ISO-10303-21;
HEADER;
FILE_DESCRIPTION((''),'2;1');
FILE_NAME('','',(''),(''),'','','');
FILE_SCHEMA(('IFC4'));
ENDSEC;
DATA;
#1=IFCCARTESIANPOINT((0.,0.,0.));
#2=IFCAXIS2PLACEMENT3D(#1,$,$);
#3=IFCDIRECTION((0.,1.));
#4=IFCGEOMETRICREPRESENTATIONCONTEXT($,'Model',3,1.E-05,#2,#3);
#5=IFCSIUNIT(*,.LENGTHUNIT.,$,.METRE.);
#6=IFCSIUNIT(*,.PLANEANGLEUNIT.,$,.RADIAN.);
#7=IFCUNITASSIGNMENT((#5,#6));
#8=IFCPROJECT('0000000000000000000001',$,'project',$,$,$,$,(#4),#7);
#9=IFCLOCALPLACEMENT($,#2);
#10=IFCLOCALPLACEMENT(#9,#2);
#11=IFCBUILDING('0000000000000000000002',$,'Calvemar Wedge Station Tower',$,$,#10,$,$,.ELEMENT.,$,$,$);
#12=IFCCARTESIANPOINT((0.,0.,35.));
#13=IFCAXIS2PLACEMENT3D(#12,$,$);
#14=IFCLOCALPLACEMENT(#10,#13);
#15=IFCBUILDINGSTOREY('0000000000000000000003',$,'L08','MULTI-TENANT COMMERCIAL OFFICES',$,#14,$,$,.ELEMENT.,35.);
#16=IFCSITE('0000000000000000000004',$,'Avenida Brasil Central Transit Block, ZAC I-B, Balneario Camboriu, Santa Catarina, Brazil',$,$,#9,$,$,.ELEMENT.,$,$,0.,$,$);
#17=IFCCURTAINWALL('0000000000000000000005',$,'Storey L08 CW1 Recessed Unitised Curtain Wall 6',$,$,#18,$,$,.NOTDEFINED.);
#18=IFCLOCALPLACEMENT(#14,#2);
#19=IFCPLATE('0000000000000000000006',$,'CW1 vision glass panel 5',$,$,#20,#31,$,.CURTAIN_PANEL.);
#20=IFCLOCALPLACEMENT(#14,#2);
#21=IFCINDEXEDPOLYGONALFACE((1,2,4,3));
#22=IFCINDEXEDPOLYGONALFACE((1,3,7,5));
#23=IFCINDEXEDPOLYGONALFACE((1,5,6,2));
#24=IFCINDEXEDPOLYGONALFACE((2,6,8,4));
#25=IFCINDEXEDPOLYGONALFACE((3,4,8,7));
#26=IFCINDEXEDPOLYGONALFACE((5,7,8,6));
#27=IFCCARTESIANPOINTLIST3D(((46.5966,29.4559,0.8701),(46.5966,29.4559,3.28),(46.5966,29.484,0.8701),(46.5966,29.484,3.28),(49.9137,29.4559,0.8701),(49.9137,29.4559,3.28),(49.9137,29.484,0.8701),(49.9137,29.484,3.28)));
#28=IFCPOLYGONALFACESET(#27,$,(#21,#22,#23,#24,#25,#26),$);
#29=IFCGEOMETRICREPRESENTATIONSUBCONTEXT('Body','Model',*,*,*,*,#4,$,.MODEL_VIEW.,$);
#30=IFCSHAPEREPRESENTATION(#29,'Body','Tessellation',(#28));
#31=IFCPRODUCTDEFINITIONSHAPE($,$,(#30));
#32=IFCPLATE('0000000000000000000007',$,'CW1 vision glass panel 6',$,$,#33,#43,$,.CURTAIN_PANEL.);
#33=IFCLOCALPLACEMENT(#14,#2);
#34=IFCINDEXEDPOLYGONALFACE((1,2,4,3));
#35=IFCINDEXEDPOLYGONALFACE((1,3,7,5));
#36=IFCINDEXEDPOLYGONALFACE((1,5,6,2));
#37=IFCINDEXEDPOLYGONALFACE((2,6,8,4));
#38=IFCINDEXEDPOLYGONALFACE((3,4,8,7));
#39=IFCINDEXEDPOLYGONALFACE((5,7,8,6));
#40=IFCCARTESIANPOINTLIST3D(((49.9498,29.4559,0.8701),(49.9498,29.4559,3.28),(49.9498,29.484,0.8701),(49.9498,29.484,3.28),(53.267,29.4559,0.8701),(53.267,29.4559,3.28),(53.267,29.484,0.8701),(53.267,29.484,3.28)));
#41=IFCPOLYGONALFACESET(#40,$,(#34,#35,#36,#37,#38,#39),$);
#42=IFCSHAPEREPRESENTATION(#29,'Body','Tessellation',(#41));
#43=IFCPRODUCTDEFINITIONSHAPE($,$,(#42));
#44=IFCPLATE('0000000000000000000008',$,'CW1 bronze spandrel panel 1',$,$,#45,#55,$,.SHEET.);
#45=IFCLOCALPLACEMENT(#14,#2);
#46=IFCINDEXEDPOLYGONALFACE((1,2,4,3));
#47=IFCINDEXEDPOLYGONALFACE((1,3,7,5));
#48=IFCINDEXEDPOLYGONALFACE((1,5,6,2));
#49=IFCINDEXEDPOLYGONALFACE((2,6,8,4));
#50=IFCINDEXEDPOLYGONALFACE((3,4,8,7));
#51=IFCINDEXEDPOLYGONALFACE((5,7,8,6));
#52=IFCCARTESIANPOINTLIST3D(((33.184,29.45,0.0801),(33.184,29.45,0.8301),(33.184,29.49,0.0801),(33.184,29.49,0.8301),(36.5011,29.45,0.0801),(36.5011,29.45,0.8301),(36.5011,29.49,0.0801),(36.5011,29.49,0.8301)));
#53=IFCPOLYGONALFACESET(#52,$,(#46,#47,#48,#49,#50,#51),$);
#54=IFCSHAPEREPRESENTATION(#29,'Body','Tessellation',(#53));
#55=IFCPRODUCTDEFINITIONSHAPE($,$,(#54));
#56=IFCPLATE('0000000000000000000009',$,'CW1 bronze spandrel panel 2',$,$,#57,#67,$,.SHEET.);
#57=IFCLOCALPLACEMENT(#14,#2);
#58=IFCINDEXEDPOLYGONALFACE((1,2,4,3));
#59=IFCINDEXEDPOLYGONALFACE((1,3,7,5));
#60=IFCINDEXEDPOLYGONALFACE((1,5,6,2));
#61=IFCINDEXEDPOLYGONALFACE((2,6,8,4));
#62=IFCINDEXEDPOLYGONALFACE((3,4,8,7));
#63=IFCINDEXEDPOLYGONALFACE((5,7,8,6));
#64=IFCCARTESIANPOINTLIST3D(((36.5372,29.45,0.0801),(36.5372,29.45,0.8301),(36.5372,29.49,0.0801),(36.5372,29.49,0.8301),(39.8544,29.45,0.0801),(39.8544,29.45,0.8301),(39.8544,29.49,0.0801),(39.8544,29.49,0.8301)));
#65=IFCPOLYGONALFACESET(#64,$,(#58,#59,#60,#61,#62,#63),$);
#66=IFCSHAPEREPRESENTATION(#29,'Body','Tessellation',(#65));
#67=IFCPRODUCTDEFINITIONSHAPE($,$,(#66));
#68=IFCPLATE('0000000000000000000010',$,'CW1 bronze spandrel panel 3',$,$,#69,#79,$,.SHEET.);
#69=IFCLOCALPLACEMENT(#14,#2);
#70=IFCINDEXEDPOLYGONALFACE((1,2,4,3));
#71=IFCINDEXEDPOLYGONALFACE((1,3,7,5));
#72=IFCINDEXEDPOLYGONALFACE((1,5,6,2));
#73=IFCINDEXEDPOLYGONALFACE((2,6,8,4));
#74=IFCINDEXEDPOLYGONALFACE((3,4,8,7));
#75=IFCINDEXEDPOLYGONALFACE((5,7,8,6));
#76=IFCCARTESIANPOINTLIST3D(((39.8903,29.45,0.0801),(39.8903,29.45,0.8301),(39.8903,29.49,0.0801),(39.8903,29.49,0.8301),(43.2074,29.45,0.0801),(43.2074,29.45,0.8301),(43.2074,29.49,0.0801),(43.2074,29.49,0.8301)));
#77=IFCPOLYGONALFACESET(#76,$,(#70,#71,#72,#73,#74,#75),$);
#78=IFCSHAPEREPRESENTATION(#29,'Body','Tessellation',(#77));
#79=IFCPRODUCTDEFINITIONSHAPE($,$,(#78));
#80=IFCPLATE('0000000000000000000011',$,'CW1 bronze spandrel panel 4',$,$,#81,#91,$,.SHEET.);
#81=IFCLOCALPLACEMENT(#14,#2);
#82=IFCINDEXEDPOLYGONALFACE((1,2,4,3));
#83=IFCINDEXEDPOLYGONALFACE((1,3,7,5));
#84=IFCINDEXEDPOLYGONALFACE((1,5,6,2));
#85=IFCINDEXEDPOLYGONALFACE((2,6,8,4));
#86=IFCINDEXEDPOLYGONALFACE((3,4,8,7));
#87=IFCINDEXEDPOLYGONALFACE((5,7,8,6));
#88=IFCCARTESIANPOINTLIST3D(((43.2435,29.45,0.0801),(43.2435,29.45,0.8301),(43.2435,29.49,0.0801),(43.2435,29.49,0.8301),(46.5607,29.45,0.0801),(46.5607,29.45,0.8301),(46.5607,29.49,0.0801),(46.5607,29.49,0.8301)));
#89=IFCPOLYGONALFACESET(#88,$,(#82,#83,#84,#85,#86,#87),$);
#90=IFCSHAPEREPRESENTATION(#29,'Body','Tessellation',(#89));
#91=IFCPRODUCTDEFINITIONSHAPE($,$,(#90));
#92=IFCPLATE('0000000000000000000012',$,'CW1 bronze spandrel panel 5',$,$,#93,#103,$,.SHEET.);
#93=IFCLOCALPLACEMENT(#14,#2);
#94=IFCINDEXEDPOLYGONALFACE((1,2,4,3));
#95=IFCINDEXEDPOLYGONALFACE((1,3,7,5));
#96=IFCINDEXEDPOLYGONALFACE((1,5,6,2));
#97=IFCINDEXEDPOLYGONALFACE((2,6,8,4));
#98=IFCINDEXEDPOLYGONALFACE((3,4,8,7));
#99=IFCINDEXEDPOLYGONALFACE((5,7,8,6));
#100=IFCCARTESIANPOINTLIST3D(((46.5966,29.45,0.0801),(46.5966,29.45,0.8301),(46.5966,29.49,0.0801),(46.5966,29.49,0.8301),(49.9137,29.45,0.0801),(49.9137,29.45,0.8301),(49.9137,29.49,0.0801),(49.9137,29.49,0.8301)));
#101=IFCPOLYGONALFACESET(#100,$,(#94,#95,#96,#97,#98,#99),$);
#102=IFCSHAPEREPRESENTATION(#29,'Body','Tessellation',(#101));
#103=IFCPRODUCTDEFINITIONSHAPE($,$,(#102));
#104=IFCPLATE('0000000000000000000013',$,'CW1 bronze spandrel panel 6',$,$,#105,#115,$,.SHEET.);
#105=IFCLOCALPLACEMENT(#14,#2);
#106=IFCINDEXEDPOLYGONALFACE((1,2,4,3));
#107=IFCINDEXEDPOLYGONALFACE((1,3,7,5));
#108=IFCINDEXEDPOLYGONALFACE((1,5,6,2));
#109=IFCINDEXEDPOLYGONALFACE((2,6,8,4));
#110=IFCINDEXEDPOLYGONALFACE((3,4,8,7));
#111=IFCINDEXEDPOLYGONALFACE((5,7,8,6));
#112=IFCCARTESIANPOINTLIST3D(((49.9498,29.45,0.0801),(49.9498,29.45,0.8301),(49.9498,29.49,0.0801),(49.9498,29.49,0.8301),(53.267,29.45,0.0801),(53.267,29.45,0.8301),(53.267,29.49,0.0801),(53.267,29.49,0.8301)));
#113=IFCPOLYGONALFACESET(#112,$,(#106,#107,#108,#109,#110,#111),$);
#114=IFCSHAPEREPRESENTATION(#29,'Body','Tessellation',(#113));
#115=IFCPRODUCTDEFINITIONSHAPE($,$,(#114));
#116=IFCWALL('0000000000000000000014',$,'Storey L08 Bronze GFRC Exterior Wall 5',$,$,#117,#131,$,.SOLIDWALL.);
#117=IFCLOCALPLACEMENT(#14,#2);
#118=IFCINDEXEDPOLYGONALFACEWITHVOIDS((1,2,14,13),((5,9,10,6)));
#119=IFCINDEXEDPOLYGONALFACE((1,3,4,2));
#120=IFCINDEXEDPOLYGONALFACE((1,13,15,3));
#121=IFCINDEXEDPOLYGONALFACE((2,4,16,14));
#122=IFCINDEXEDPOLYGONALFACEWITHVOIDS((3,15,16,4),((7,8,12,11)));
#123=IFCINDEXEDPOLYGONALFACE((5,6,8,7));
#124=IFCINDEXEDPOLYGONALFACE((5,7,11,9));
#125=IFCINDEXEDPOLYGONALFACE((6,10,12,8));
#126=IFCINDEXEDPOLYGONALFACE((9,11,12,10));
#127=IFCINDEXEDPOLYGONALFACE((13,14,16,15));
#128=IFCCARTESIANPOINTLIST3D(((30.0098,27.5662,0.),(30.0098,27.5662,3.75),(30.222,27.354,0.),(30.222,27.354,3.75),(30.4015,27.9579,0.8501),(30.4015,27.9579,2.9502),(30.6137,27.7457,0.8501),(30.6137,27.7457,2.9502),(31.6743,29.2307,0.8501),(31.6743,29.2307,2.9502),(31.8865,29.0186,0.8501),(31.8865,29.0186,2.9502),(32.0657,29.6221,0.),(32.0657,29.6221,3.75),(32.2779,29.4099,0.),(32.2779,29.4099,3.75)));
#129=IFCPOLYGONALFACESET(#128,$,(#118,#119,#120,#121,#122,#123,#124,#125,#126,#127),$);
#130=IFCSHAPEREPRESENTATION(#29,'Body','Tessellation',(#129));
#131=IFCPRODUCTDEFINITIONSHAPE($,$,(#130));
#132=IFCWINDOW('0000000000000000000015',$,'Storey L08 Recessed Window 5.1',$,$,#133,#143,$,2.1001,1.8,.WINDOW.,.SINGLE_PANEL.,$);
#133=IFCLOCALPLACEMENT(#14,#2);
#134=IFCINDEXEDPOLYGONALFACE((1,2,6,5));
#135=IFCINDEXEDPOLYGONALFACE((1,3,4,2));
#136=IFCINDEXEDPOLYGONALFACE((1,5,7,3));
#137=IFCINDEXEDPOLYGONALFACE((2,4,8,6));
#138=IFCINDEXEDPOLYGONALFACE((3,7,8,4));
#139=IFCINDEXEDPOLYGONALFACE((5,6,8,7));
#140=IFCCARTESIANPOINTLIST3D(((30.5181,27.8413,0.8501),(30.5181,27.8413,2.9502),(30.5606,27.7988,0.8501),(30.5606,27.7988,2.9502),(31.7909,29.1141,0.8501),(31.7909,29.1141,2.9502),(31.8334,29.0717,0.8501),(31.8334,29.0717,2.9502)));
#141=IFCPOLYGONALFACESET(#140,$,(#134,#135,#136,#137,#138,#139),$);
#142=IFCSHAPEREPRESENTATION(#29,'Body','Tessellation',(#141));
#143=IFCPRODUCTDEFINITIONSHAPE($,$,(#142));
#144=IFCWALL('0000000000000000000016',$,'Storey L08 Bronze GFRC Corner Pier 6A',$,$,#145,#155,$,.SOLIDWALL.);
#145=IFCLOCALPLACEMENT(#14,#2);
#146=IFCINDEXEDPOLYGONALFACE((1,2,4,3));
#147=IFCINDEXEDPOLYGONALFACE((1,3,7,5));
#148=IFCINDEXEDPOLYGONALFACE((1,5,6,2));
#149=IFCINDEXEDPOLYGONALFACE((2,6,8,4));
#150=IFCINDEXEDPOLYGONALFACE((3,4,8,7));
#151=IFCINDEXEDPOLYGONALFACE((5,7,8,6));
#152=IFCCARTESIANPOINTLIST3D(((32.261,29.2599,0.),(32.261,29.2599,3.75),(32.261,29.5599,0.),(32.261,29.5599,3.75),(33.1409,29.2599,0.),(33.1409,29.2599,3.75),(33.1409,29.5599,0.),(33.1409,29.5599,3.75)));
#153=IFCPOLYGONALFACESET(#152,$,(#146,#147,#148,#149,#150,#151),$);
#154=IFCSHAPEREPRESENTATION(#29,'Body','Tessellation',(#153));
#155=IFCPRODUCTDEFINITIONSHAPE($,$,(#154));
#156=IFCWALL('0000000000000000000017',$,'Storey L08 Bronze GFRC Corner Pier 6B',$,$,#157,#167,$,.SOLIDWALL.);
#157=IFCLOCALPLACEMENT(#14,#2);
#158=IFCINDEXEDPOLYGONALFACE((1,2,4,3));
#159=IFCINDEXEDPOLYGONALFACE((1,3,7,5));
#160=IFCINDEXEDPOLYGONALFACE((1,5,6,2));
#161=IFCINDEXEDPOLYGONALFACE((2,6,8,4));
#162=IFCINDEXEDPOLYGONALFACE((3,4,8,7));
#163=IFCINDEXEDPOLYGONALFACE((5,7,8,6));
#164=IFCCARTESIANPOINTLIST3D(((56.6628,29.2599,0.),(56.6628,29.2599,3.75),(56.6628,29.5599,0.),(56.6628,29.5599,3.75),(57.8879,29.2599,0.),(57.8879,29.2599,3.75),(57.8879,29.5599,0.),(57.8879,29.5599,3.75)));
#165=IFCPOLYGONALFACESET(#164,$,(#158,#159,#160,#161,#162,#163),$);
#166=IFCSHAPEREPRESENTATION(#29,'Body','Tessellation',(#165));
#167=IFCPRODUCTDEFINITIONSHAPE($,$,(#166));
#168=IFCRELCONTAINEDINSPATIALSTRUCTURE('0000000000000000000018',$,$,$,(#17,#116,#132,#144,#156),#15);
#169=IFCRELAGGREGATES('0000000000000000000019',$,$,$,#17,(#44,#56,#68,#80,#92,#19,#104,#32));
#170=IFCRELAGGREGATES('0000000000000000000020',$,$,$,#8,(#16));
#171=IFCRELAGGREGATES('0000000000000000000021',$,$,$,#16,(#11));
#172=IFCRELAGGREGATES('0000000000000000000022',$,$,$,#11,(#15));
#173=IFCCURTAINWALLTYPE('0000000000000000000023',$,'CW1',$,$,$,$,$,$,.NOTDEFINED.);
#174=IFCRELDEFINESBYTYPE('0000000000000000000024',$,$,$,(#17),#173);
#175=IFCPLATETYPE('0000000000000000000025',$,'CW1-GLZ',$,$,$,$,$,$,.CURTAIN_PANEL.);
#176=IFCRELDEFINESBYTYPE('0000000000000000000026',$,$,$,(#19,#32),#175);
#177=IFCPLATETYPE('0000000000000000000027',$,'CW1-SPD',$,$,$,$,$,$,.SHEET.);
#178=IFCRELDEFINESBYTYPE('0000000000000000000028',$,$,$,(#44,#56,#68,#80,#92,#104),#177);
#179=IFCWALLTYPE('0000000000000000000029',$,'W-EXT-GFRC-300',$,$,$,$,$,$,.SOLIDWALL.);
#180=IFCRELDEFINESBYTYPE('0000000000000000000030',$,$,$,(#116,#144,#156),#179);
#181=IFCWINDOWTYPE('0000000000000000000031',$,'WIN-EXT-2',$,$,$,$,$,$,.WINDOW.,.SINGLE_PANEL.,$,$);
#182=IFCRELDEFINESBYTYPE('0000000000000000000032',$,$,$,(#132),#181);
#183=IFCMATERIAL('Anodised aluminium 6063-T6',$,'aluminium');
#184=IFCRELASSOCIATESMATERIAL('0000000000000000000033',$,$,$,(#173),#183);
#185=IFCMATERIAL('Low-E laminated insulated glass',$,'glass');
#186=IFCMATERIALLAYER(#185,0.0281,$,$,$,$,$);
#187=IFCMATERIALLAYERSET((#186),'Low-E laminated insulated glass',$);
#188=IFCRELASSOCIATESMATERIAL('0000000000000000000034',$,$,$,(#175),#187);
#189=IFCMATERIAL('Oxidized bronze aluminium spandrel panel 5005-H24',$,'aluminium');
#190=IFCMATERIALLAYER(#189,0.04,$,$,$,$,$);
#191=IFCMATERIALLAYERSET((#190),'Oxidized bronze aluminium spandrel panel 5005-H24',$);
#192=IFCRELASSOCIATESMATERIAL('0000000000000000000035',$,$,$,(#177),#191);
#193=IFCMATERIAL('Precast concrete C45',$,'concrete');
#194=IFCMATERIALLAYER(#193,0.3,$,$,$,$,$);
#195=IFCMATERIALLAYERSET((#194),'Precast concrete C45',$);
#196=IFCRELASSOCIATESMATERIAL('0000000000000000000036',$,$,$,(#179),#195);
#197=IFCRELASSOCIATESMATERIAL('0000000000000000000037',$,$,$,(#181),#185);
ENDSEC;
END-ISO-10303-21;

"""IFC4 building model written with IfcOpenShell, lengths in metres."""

from ifc_helpers import new_model, si_unit, direction, frame, frame_2d, origin, place, context, subcontext, project, spatial, rectangle, extrude, source, transform, mapped, material, layer, layer_set, type_object, element, fill, aggregate, save


model = new_model("IFC4")

# Units and contexts
model_context = context("Model", 3, precision=1e-05, world=origin(), true_north=direction((0.0, 1.0)))
body_context = subcontext(model_context, "Body", "Model", "MODEL_VIEW")
ifc_project = project(units=[si_unit("LENGTHUNIT", "METRE"), si_unit("PLANEANGLEUNIT", "RADIAN")], contexts=[model_context])

# Site, building, storey
site_placement = place(None, origin())
site = spatial("IfcSite", under=ifc_project, at=site_placement, Name="Avenida Brasil Central Transit Block, ZAC I-B, Balneario Camboriu, Santa Catarina, Brazil", CompositionType="ELEMENT", RefElevation=0.0)
building_placement = place(site_placement, origin())
building = spatial("IfcBuilding", under=site, at=building_placement, Name="Calvemar Wedge Station Tower", CompositionType="ELEMENT")
storey_placement = place(building_placement, frame((0.0, 0.0, 35.0)))
storey = spatial("IfcBuildingStorey", under=building, at=storey_placement, Name="L08", Description="MULTI-TENANT COMMERCIAL OFFICES", CompositionType="ELEMENT", Elevation=35.0)

# Curtain wall, plates
ifc_material_1 = material(Name="Anodised aluminium 6063-T6", Category="aluminium")
curtain_wall_type = type_object("IfcCurtainWallType", Name="CW1", PredefinedType="NOTDEFINED", material=ifc_material_1)
curtain_wall_placement = place(storey_placement, origin())
curtain_wall = element("IfcCurtainWall", 1, at=curtain_wall_placement, inside=storey, type_object=curtain_wall_type, Name="Storey L08 CW1 Recessed Unitised Curtain Wall 6", PredefinedType="NOTDEFINED")
ifc_material_2 = material(Name="Low-E laminated insulated glass", Category="glass")
ifc_layer_1 = layer(ifc_material_2, 0.0281)
ifc_layer_set_1 = layer_set([ifc_layer_1], Name="Low-E laminated insulated glass")
plate_type_1 = type_object("IfcPlateType", Name="CW1-GLZ", PredefinedType="CURTAIN_PANEL", material=ifc_layer_set_1)
plate_1_placement = place(storey_placement, frame((46.5964, 29.47, 0.8701), z_axis=(0.0, 0.0, 1.0), x_axis=(1.0, 0.0, 0.0)))
plate_1 = element("IfcPlate", 2, at=plate_1_placement, type_object=plate_type_1, Name="CW1 vision glass panel 5", PredefinedType="CURTAIN_PANEL", context=body_context, shape_type="SweptSolid", body=[
    extrude(rectangle(XDim=3.3171, YDim=0.0281, at=frame_2d((1.6587, 0.0))), origin(), (0.0, 0.0, 1.0), 2.4099),
])
plate_2_placement = place(storey_placement, frame((49.9497, 29.47, 0.8701), z_axis=(0.0, 0.0, 1.0), x_axis=(1.0, 0.0, 0.0)))
plate_2 = element("IfcPlate", 3, at=plate_2_placement, type_object=plate_type_1, Name="CW1 vision glass panel 6", PredefinedType="CURTAIN_PANEL", context=body_context, shape_type="SweptSolid", body=[
    extrude(rectangle(XDim=3.3171, YDim=0.0281, at=frame_2d((1.6587, 0.0))), origin(), (0.0, 0.0, 1.0), 2.4099),
])
ifc_material_3 = material(Name="Oxidized bronze aluminium spandrel panel 5005-H24", Category="aluminium")
ifc_layer_2 = layer(ifc_material_3, 0.04)
ifc_layer_set_2 = layer_set([ifc_layer_2], Name="Oxidized bronze aluminium spandrel panel 5005-H24")
plate_type_2 = type_object("IfcPlateType", Name="CW1-SPD", PredefinedType="SHEET", material=ifc_layer_set_2)
plate_3_placement = place(storey_placement, frame((33.1838, 29.47, 0.0801), z_axis=(0.0, 0.0, 1.0), x_axis=(1.0, 0.0, 0.0)))
plate_3 = element("IfcPlate", 4, at=plate_3_placement, type_object=plate_type_2, Name="CW1 bronze spandrel panel 1", PredefinedType="SHEET", context=body_context, shape_type="SweptSolid", body=[
    extrude(rectangle(XDim=3.3171, YDim=0.04, at=frame_2d((1.6587, 0.0))), origin(), (0.0, 0.0, 1.0), 0.75),
])
plate_4_placement = place(storey_placement, frame((36.5371, 29.47, 0.0801), z_axis=(0.0, 0.0, 1.0), x_axis=(1.0, 0.0, 0.0)))
plate_4 = element("IfcPlate", 5, at=plate_4_placement, type_object=plate_type_2, Name="CW1 bronze spandrel panel 2", PredefinedType="SHEET", context=body_context, shape_type="SweptSolid", body=[
    extrude(rectangle(XDim=3.3171, YDim=0.04, at=frame_2d((1.6587, 0.0))), origin(), (0.0, 0.0, 1.0), 0.75),
])
plate_5_placement = place(storey_placement, frame((39.8901, 29.47, 0.0801), z_axis=(0.0, 0.0, 1.0), x_axis=(1.0, 0.0, 0.0)))
plate_5 = element("IfcPlate", 6, at=plate_5_placement, type_object=plate_type_2, Name="CW1 bronze spandrel panel 3", PredefinedType="SHEET", context=body_context, shape_type="SweptSolid", body=[
    extrude(rectangle(XDim=3.3171, YDim=0.04, at=frame_2d((1.6587, 0.0))), origin(), (0.0, 0.0, 1.0), 0.75),
])
plate_6_placement = place(storey_placement, frame((43.2434, 29.47, 0.0801), z_axis=(0.0, 0.0, 1.0), x_axis=(1.0, 0.0, 0.0)))
plate_6 = element("IfcPlate", 7, at=plate_6_placement, type_object=plate_type_2, Name="CW1 bronze spandrel panel 4", PredefinedType="SHEET", context=body_context, shape_type="SweptSolid", body=[
    extrude(rectangle(XDim=3.3171, YDim=0.04, at=frame_2d((1.6587, 0.0))), origin(), (0.0, 0.0, 1.0), 0.75),
])
plate_7_placement = place(storey_placement, frame((46.5964, 29.47, 0.0801), z_axis=(0.0, 0.0, 1.0), x_axis=(1.0, 0.0, 0.0)))
plate_7 = element("IfcPlate", 8, at=plate_7_placement, type_object=plate_type_2, Name="CW1 bronze spandrel panel 5", PredefinedType="SHEET", context=body_context, shape_type="SweptSolid", body=[
    extrude(rectangle(XDim=3.3171, YDim=0.04, at=frame_2d((1.6587, 0.0))), origin(), (0.0, 0.0, 1.0), 0.75),
])
plate_8_placement = place(storey_placement, frame((49.9497, 29.47, 0.0801), z_axis=(0.0, 0.0, 1.0), x_axis=(1.0, 0.0, 0.0)))
plate_8 = element("IfcPlate", 9, at=plate_8_placement, type_object=plate_type_2, Name="CW1 bronze spandrel panel 6", PredefinedType="SHEET", context=body_context, shape_type="SweptSolid", body=[
    extrude(rectangle(XDim=3.3171, YDim=0.04, at=frame_2d((1.6587, 0.0))), origin(), (0.0, 0.0, 1.0), 0.75),
])
aggregate(curtain_wall, [plate_3, plate_4, plate_5, plate_6, plate_7, plate_1, plate_8, plate_2])

# Wall, opening, window
ifc_material_4 = material(Name="Precast concrete C45", Category="concrete")
ifc_layer_3 = layer(ifc_material_4, 0.3)
ifc_layer_set_3 = layer_set([ifc_layer_3], Name="Precast concrete C45")
wall_type = type_object("IfcWallType", Name="W-EXT-GFRC-300", PredefinedType="SOLIDWALL", material=ifc_layer_set_3)
wall_1_placement = place(storey_placement, frame((30.116, 27.4602, 0.0), z_axis=(0.0, 0.0, 1.0), x_axis=(0.707107, 0.707107, 0.0)))
wall_1 = element("IfcWall", 10, at=wall_1_placement, inside=storey, type_object=wall_type, Name="Storey L08 Bronze GFRC Exterior Wall 5", PredefinedType="SOLIDWALL", context=body_context, shape_type="SweptSolid", body=[
    extrude(rectangle(XDim=2.9075, YDim=0.3, at=frame_2d((1.4536, 0.0))), origin(), (0.0, 0.0, 1.0), 3.75),
])
shared_shape_1 = source(origin(), body_context, "Body", "SweptSolid", [
    extrude(rectangle(XDim=1.8, YDim=2.1001, at=frame_2d((0.8999, 1.05))), frame((0.0, 0.1602, 0.0), z_axis=(0.0, -1.0, 0.0), x_axis=(1.0, 0.0, 0.0)), (0.0, 0.0, 1.0), 0.3201),
])
opening_placement = place(wall_1_placement, frame((0.554, 0.0, 0.8501)))
opening = element("IfcOpeningElement", 11, at=opening_placement, cuts=wall_1, PredefinedType="OPENING", context=body_context, shape_type="MappedRepresentation", body=[
    mapped(shared_shape_1, transform((0.0, 0.0, 0.0), scale=1.0)),
])
window_type = type_object("IfcWindowType", Name="WIN-EXT-2", PartitioningType="SINGLE_PANEL", PredefinedType="WINDOW", material=ifc_material_2)
shared_shape_2 = source(origin(), body_context, "Body", "SweptSolid", [
    extrude(rectangle(XDim=1.8, YDim=2.1001, at=frame_2d((0.8999, 1.05))), frame((0.0, -0.0149, 0.0), z_axis=(0.0, -1.0, 0.0), x_axis=(1.0, 0.0, 0.0)), (0.0, 0.0, 1.0), 0.0601),
])
window_placement = place(opening_placement, origin())
window = element("IfcWindow", 12, at=window_placement, inside=storey, type_object=window_type, Name="Storey L08 Recessed Window 5.1", OverallHeight=2.1001, OverallWidth=1.8, PartitioningType="SINGLE_PANEL", PredefinedType="WINDOW", context=body_context, shape_type="MappedRepresentation", body=[
    mapped(shared_shape_2, transform((0.0, 0.0, 0.0), scale=1.0)),
])
fill(opening, window)

# Walls
wall_2_placement = place(storey_placement, frame((32.261, 29.4099, 0.0), z_axis=(0.0, 0.0, 1.0), x_axis=(1.0, 0.0, 0.0)))
element("IfcWall", 13, at=wall_2_placement, inside=storey, type_object=wall_type, Name="Storey L08 Bronze GFRC Corner Pier 6A", PredefinedType="SOLIDWALL", context=body_context, shape_type="SweptSolid", body=[
    extrude(rectangle(XDim=0.8799, YDim=0.3, at=frame_2d((0.4399, 0.0))), origin(), (0.0, 0.0, 1.0), 3.75),
])
wall_3_placement = place(storey_placement, frame((56.6628, 29.4099, 0.0), z_axis=(0.0, 0.0, 1.0), x_axis=(1.0, 0.0, 0.0)))
element("IfcWall", 14, at=wall_3_placement, inside=storey, type_object=wall_type, Name="Storey L08 Bronze GFRC Corner Pier 6B", PredefinedType="SOLIDWALL", context=body_context, shape_type="SweptSolid", body=[
    extrude(rectangle(XDim=1.2251, YDim=0.3, at=frame_2d((0.6125, 0.0))), origin(), (0.0, 0.0, 1.0), 3.75),
])

save(model, "model.ifc")
